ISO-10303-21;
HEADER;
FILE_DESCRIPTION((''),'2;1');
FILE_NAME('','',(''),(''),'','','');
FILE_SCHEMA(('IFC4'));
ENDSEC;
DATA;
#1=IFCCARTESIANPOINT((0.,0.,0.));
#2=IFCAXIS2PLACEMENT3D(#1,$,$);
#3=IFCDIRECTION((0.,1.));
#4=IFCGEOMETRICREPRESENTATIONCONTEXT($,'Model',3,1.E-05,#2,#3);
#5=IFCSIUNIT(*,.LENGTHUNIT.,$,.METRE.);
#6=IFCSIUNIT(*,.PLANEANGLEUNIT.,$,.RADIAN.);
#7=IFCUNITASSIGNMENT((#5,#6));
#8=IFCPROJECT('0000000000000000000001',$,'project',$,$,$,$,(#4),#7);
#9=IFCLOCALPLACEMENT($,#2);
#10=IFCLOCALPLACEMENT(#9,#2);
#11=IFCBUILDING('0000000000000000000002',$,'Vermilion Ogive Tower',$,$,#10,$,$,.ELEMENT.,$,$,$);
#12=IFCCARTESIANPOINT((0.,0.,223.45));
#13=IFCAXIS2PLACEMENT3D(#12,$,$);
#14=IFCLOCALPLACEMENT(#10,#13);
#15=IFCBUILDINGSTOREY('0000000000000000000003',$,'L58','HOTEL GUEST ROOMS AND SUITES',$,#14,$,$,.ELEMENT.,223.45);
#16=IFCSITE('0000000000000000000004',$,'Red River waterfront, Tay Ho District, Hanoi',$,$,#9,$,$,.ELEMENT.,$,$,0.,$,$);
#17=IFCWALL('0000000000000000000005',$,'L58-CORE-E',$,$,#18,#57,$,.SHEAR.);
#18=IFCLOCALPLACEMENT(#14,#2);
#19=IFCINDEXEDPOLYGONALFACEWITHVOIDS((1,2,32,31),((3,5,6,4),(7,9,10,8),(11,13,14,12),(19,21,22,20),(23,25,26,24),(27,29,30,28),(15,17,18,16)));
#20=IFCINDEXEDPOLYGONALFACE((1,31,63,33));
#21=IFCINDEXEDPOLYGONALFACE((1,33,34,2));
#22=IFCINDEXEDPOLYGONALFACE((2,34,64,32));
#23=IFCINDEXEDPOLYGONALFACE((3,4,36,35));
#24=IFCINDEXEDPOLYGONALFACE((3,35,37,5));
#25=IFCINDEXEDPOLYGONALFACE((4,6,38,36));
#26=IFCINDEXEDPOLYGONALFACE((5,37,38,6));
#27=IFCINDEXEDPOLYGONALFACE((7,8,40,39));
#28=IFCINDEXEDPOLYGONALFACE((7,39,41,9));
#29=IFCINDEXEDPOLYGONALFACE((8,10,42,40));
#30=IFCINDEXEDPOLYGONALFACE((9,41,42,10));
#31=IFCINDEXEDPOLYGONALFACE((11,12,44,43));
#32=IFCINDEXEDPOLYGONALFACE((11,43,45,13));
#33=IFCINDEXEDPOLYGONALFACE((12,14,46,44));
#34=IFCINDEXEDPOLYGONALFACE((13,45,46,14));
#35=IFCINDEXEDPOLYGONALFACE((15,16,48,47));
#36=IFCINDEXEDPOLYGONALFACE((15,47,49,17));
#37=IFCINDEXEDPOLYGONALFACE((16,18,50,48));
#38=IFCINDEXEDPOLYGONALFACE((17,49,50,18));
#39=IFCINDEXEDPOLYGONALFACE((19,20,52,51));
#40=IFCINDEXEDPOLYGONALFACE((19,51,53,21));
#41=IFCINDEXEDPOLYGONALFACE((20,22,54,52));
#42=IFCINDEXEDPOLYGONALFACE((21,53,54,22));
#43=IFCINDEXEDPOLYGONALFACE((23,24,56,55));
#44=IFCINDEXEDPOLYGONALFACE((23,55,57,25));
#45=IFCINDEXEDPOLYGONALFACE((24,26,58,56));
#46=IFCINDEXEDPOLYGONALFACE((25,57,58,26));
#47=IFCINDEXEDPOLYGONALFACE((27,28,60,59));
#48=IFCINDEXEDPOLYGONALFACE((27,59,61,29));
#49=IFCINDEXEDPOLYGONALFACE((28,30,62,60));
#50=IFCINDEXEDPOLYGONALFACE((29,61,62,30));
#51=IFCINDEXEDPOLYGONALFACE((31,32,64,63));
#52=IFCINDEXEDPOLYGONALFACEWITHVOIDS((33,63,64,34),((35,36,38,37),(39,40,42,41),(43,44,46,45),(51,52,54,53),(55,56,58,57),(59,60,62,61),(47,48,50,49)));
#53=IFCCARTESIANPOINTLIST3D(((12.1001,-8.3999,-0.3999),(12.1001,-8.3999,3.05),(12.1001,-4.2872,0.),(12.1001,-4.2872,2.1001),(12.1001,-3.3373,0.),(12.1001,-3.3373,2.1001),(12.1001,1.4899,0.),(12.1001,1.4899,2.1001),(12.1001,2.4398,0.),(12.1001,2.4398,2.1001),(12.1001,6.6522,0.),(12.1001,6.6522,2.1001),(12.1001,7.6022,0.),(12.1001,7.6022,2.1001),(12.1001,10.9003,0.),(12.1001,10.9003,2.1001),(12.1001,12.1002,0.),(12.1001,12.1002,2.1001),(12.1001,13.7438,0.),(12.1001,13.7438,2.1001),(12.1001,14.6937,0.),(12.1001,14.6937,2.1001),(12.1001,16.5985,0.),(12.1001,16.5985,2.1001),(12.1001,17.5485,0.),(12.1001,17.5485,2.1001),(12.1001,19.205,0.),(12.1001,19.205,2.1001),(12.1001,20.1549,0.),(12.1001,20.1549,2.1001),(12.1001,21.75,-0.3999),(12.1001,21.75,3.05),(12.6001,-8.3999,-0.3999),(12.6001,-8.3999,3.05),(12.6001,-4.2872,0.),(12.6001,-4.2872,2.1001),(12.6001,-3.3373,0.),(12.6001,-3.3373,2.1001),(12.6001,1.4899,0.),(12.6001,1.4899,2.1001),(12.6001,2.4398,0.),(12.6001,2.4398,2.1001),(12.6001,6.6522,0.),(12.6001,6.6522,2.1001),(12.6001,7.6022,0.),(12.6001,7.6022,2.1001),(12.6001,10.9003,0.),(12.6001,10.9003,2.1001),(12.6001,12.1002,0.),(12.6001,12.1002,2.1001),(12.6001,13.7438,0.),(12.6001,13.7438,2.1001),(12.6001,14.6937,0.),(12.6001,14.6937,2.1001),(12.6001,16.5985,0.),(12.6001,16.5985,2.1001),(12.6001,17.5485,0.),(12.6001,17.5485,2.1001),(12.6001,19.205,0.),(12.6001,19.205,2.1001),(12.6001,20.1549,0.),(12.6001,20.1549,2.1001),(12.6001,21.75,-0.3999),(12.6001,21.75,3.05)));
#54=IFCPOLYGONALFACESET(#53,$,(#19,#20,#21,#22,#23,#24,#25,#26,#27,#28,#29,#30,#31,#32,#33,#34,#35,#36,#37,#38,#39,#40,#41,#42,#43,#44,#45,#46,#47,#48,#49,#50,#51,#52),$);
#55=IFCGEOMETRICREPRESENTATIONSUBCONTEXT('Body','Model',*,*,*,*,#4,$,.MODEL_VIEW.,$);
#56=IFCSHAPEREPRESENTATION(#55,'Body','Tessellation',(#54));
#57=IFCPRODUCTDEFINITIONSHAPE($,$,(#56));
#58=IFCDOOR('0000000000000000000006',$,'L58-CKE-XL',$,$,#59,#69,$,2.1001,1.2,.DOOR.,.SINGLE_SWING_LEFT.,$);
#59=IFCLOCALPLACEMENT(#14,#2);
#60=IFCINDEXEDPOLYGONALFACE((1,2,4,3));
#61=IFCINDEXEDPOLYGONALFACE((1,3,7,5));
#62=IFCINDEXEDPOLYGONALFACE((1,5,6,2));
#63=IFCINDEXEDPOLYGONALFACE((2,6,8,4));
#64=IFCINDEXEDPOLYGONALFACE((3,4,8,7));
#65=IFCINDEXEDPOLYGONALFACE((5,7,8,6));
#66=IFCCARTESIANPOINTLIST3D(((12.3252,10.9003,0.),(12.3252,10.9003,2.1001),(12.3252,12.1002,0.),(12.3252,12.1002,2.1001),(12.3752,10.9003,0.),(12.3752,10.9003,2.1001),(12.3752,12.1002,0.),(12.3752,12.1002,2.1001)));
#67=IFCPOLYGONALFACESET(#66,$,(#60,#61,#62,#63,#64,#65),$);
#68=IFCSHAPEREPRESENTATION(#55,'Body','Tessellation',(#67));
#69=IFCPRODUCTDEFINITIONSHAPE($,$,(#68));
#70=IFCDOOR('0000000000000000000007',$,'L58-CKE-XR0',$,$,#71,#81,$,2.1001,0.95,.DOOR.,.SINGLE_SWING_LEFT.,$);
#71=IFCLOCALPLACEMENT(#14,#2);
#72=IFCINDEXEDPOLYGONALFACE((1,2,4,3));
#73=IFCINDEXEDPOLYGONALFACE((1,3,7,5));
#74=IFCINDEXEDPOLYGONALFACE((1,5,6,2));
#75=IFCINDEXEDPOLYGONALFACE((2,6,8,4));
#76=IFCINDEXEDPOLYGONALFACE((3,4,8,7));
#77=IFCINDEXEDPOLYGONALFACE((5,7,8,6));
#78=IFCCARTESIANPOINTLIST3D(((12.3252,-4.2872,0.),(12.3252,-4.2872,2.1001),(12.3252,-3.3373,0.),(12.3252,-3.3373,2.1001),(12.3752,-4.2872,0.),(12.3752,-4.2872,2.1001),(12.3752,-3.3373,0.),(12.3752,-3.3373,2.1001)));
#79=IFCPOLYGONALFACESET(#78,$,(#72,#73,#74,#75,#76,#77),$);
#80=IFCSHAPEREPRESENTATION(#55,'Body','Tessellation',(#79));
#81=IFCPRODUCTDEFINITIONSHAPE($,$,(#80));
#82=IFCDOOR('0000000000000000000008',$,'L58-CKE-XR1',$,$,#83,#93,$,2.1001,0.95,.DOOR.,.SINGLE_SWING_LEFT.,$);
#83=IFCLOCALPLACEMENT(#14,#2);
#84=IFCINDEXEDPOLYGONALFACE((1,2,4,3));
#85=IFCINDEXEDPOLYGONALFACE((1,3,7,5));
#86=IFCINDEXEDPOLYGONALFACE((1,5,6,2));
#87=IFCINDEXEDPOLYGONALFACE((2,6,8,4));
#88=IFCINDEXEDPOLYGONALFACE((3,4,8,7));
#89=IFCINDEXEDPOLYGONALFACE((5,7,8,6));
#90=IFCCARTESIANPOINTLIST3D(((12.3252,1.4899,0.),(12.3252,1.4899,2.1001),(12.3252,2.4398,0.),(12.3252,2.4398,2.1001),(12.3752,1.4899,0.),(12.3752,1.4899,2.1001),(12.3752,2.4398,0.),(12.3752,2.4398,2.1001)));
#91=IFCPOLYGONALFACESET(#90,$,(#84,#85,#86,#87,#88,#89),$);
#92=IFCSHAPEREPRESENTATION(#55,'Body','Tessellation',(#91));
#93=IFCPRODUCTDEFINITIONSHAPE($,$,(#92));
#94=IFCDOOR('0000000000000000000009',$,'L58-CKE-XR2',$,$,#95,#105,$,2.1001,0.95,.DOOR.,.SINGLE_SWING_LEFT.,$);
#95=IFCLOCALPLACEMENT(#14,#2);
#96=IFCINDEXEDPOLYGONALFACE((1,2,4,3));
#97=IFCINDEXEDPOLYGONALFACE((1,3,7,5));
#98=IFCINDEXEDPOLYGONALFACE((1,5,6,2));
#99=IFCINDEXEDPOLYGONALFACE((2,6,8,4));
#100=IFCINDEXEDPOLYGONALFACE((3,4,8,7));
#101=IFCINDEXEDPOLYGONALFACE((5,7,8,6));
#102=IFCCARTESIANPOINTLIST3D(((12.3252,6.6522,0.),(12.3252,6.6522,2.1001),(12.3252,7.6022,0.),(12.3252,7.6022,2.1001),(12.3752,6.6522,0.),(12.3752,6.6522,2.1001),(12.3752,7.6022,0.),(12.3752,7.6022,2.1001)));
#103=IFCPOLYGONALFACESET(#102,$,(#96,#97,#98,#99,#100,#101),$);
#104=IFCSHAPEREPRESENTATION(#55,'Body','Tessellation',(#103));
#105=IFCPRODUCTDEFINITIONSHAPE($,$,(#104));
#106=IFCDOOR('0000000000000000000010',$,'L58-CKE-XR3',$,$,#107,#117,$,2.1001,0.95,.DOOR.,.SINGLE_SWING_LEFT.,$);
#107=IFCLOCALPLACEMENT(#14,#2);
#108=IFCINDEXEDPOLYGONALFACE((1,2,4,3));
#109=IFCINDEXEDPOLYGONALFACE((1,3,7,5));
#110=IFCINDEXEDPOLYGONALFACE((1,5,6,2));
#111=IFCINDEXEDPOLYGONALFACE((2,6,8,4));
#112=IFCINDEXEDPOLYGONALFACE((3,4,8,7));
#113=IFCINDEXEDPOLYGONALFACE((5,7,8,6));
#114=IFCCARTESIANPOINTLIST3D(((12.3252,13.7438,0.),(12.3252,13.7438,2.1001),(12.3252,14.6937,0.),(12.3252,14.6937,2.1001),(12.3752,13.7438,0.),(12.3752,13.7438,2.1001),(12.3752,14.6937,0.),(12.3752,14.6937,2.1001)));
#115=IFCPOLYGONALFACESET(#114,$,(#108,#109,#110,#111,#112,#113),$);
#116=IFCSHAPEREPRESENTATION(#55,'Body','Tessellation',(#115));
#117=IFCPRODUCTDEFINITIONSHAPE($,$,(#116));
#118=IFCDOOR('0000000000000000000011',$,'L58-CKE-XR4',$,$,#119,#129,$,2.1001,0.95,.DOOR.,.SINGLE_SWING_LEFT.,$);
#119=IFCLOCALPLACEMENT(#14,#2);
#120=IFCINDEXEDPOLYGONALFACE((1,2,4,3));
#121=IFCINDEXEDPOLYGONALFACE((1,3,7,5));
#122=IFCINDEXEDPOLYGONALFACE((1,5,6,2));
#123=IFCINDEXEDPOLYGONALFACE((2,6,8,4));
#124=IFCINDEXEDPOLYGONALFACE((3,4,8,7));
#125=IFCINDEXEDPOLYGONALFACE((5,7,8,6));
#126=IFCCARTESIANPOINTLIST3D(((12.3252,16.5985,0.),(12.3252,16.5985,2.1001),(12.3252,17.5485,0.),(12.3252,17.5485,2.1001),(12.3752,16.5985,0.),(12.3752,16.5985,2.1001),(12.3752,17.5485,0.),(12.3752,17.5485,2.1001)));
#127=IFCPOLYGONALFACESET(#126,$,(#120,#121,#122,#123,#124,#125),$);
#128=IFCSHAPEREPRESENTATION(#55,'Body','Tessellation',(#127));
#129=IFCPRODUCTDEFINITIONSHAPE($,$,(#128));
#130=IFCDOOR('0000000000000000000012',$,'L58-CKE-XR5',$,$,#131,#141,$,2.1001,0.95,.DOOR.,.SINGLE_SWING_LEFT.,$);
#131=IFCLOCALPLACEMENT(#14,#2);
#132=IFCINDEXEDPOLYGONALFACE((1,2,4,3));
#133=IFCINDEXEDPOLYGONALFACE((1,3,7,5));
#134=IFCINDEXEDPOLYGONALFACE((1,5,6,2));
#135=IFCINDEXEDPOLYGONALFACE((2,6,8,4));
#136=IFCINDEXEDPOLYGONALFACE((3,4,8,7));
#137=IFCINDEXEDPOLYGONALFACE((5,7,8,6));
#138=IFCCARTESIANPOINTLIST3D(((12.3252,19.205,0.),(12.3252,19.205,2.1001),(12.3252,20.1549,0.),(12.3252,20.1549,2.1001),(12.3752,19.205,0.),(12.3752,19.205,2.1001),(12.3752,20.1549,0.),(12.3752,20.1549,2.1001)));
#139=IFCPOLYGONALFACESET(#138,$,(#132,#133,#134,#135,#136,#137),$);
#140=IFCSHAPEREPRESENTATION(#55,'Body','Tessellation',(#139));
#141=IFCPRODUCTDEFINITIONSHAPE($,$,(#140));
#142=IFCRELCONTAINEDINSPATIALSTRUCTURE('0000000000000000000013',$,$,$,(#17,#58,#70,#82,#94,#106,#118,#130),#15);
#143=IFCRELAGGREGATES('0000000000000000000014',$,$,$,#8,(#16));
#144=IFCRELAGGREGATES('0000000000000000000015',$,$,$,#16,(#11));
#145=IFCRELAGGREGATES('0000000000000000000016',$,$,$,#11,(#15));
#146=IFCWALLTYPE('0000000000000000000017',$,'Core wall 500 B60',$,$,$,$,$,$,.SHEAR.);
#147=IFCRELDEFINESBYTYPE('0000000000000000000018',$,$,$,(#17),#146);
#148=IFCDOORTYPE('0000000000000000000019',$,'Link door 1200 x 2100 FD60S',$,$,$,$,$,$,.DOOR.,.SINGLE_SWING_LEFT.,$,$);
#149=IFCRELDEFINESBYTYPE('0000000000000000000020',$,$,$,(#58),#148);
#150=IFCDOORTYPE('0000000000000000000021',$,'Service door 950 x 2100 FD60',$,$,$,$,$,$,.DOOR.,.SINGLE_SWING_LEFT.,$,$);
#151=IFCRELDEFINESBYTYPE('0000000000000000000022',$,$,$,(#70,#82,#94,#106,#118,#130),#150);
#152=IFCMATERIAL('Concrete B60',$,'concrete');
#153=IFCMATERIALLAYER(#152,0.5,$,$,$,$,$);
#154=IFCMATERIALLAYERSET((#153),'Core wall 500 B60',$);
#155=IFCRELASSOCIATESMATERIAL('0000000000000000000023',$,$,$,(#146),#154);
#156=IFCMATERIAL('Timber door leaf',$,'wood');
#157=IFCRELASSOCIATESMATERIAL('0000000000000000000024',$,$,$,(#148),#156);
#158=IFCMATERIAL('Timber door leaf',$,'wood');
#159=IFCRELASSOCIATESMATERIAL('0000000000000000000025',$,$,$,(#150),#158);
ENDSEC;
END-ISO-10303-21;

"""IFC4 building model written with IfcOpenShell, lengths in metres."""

from ifc_helpers import new_model, si_unit, direction, frame, frame_2d, origin, place, context, subcontext, project, spatial, rectangle, extrude, material, layer, layer_set, type_object, element, fill, save


model = new_model("IFC4")

# Units and contexts
model_context = context("Model", 3, precision=1e-05, world=origin(), true_north=direction((0.0, 1.0)))
body_context = subcontext(model_context, "Body", "Model", "MODEL_VIEW")
ifc_project = project(units=[si_unit("LENGTHUNIT", "METRE"), si_unit("PLANEANGLEUNIT", "RADIAN")], contexts=[model_context])

# Site, building, storey
site_placement = place(None, origin())
site = spatial("IfcSite", under=ifc_project, at=site_placement, Name="Red River waterfront, Tay Ho District, Hanoi", CompositionType="ELEMENT", RefElevation=0.0)
building_placement = place(site_placement, origin())
building = spatial("IfcBuilding", under=site, at=building_placement, Name="Vermilion Ogive Tower", CompositionType="ELEMENT")
storey_placement = place(building_placement, frame((0.0, 0.0, 223.45)))
storey = spatial("IfcBuildingStorey", under=building, at=storey_placement, Name="L58", Description="HOTEL GUEST ROOMS AND SUITES", CompositionType="ELEMENT", Elevation=223.45)

# Wall, openings, doors
ifc_material_1 = material(Name="Concrete B60", Category="concrete")
ifc_layer_1 = layer(ifc_material_1, 0.5)
ifc_layer_set_1 = layer_set([ifc_layer_1], Name="Core wall 500 B60")
wall_type_1 = type_object("IfcWallType", Name="Core wall 500 B60", PredefinedType="SHEAR", material=ifc_layer_set_1)
wall_1_placement = place(storey_placement, frame((12.3501, -8.3999, -0.3999), z_axis=(0.0, 0.0, 1.0), x_axis=(0.0, 1.0, 0.0)))
wall_1 = element("IfcWall", 1, at=wall_1_placement, inside=storey, type_object=wall_type_1, Name="L58-CORE-E", PredefinedType="SHEAR", context=body_context, shape_type="SweptSolid", body=[
    extrude(rectangle(XDim=30.1499, YDim=0.5, at=frame_2d((15.075, 0.0))), origin(), (0.0, 0.0, 1.0), 3.45),
])
opening_1_placement = place(wall_1_placement, frame((4.1125, 0.0, 0.3999)))
opening_1 = element("IfcOpeningElement", 2, at=opening_1_placement, cuts=wall_1, PredefinedType="OPENING", context=body_context, shape_type="SweptSolid", body=[
    extrude(rectangle(XDim=0.95, YDim=2.1001, at=frame_2d((0.4751, 1.05))), frame((0.0, 0.26, 0.0), z_axis=(0.0, -1.0, 0.0), x_axis=(1.0, 0.0, 0.0)), (0.0, 0.0, 1.0), 0.52),
])
opening_2_placement = place(wall_1_placement, frame((9.8896, 0.0, 0.3999)))
opening_2 = element("IfcOpeningElement", 3, at=opening_2_placement, cuts=wall_1, PredefinedType="OPENING", context=body_context, shape_type="SweptSolid", body=[
    extrude(rectangle(XDim=0.95, YDim=2.1001, at=frame_2d((0.4751, 1.05))), frame((0.0, 0.26, 0.0), z_axis=(0.0, -1.0, 0.0), x_axis=(1.0, 0.0, 0.0)), (0.0, 0.0, 1.0), 0.52),
])
opening_3_placement = place(wall_1_placement, frame((15.052, 0.0, 0.3999)))
opening_3 = element("IfcOpeningElement", 4, at=opening_3_placement, cuts=wall_1, PredefinedType="OPENING", context=body_context, shape_type="SweptSolid", body=[
    extrude(rectangle(XDim=0.95, YDim=2.1001, at=frame_2d((0.4751, 1.05))), frame((0.0, 0.26, 0.0), z_axis=(0.0, -1.0, 0.0), x_axis=(1.0, 0.0, 0.0)), (0.0, 0.0, 1.0), 0.52),
])
opening_4_placement = place(wall_1_placement, frame((22.1436, 0.0, 0.3999)))
opening_4 = element("IfcOpeningElement", 5, at=opening_4_placement, cuts=wall_1, PredefinedType="OPENING", context=body_context, shape_type="SweptSolid", body=[
    extrude(rectangle(XDim=0.95, YDim=2.1001, at=frame_2d((0.4751, 1.05))), frame((0.0, 0.26, 0.0), z_axis=(0.0, -1.0, 0.0), x_axis=(1.0, 0.0, 0.0)), (0.0, 0.0, 1.0), 0.52),
])
opening_5_placement = place(wall_1_placement, frame((24.9983, 0.0, 0.3999)))
opening_5 = element("IfcOpeningElement", 6, at=opening_5_placement, cuts=wall_1, PredefinedType="OPENING", context=body_context, shape_type="SweptSolid", body=[
    extrude(rectangle(XDim=0.95, YDim=2.1001, at=frame_2d((0.4751, 1.05))), frame((0.0, 0.26, 0.0), z_axis=(0.0, -1.0, 0.0), x_axis=(1.0, 0.0, 0.0)), (0.0, 0.0, 1.0), 0.52),
])
opening_6_placement = place(wall_1_placement, frame((27.6047, 0.0, 0.3999)))
opening_6 = element("IfcOpeningElement", 7, at=opening_6_placement, cuts=wall_1, PredefinedType="OPENING", context=body_context, shape_type="SweptSolid", body=[
    extrude(rectangle(XDim=0.95, YDim=2.1001, at=frame_2d((0.4751, 1.05))), frame((0.0, 0.26, 0.0), z_axis=(0.0, -1.0, 0.0), x_axis=(1.0, 0.0, 0.0)), (0.0, 0.0, 1.0), 0.52),
])
opening_7_placement = place(wall_1_placement, frame((19.3, 0.0, 0.3999)))
opening_7 = element("IfcOpeningElement", 8, at=opening_7_placement, cuts=wall_1, PredefinedType="OPENING", context=body_context, shape_type="SweptSolid", body=[
    extrude(rectangle(XDim=1.2, YDim=2.1001, at=frame_2d((0.6001, 1.05))), frame((0.0, 0.26, 0.0), z_axis=(0.0, -1.0, 0.0), x_axis=(1.0, 0.0, 0.0)), (0.0, 0.0, 1.0), 0.52),
])
ifc_material_2 = material(Name="Timber door leaf", Category="wood")
door_type_1 = type_object("IfcDoorType", Name="Link door 1200 x 2100 FD60S", OperationType="SINGLE_SWING_LEFT", PredefinedType="DOOR", material=ifc_material_2)
door_1_placement = place(opening_7_placement, origin())
door_1 = element("IfcDoor", 9, at=door_1_placement, inside=storey, type_object=door_type_1, Name="L58-CKE-XL", OperationType="SINGLE_SWING_LEFT", OverallHeight=2.1001, OverallWidth=1.2, PredefinedType="DOOR", context=body_context, shape_type="SweptSolid", body=[
    extrude(rectangle(XDim=1.2, YDim=2.1001, at=frame_2d((0.6001, 1.05))), frame((0.0, 0.0249, 0.0), z_axis=(0.0, -1.0, 0.0), x_axis=(1.0, 0.0, 0.0)), (0.0, 0.0, 1.0), 0.05),
])
fill(opening_7, door_1)
ifc_material_3 = material(Name="Timber door leaf", Category="wood")
door_type_2 = type_object("IfcDoorType", Name="Service door 950 x 2100 FD60", OperationType="SINGLE_SWING_LEFT", PredefinedType="DOOR", material=ifc_material_3)
door_2_placement = place(opening_1_placement, origin())
door_2 = element("IfcDoor", 10, at=door_2_placement, inside=storey, type_object=door_type_2, Name="L58-CKE-XR0", OperationType="SINGLE_SWING_LEFT", OverallHeight=2.1001, OverallWidth=0.95, PredefinedType="DOOR", context=body_context, shape_type="SweptSolid", body=[
    extrude(rectangle(XDim=0.95, YDim=2.1001, at=frame_2d((0.4751, 1.05))), frame((0.0, 0.0249, 0.0), z_axis=(0.0, -1.0, 0.0), x_axis=(1.0, 0.0, 0.0)), (0.0, 0.0, 1.0), 0.05),
])
fill(opening_1, door_2)
door_3_placement = place(opening_2_placement, origin())
door_3 = element("IfcDoor", 11, at=door_3_placement, inside=storey, type_object=door_type_2, Name="L58-CKE-XR1", OperationType="SINGLE_SWING_LEFT", OverallHeight=2.1001, OverallWidth=0.95, PredefinedType="DOOR", context=body_context, shape_type="SweptSolid", body=[
    extrude(rectangle(XDim=0.95, YDim=2.1001, at=frame_2d((0.4751, 1.05))), frame((0.0, 0.0249, 0.0), z_axis=(0.0, -1.0, 0.0), x_axis=(1.0, 0.0, 0.0)), (0.0, 0.0, 1.0), 0.05),
])
fill(opening_2, door_3)
door_4_placement = place(opening_3_placement, origin())
door_4 = element("IfcDoor", 12, at=door_4_placement, inside=storey, type_object=door_type_2, Name="L58-CKE-XR2", OperationType="SINGLE_SWING_LEFT", OverallHeight=2.1001, OverallWidth=0.95, PredefinedType="DOOR", context=body_context, shape_type="SweptSolid", body=[
    extrude(rectangle(XDim=0.95, YDim=2.1001, at=frame_2d((0.4751, 1.05))), frame((0.0, 0.0249, 0.0), z_axis=(0.0, -1.0, 0.0), x_axis=(1.0, 0.0, 0.0)), (0.0, 0.0, 1.0), 0.05),
])
fill(opening_3, door_4)
door_5_placement = place(opening_4_placement, origin())
door_5 = element("IfcDoor", 13, at=door_5_placement, inside=storey, type_object=door_type_2, Name="L58-CKE-XR3", OperationType="SINGLE_SWING_LEFT", OverallHeight=2.1001, OverallWidth=0.95, PredefinedType="DOOR", context=body_context, shape_type="SweptSolid", body=[
    extrude(rectangle(XDim=0.95, YDim=2.1001, at=frame_2d((0.4751, 1.05))), frame((0.0, 0.0249, 0.0), z_axis=(0.0, -1.0, 0.0), x_axis=(1.0, 0.0, 0.0)), (0.0, 0.0, 1.0), 0.05),
])
fill(opening_4, door_5)
door_6_placement = place(opening_5_placement, origin())
door_6 = element("IfcDoor", 14, at=door_6_placement, inside=storey, type_object=door_type_2, Name="L58-CKE-XR4", OperationType="SINGLE_SWING_LEFT", OverallHeight=2.1001, OverallWidth=0.95, PredefinedType="DOOR", context=body_context, shape_type="SweptSolid", body=[
    extrude(rectangle(XDim=0.95, YDim=2.1001, at=frame_2d((0.4751, 1.05))), frame((0.0, 0.0249, 0.0), z_axis=(0.0, -1.0, 0.0), x_axis=(1.0, 0.0, 0.0)), (0.0, 0.0, 1.0), 0.05),
])
fill(opening_5, door_6)
door_7_placement = place(opening_6_placement, origin())
door_7 = element("IfcDoor", 15, at=door_7_placement, inside=storey, type_object=door_type_2, Name="L58-CKE-XR5", OperationType="SINGLE_SWING_LEFT", OverallHeight=2.1001, OverallWidth=0.95, PredefinedType="DOOR", context=body_context, shape_type="SweptSolid", body=[
    extrude(rectangle(XDim=0.95, YDim=2.1001, at=frame_2d((0.4751, 1.05))), frame((0.0, 0.0249, 0.0), z_axis=(0.0, -1.0, 0.0), x_axis=(1.0, 0.0, 0.0)), (0.0, 0.0, 1.0), 0.05),
])
fill(opening_6, door_7)

save(model, "model.ifc")
